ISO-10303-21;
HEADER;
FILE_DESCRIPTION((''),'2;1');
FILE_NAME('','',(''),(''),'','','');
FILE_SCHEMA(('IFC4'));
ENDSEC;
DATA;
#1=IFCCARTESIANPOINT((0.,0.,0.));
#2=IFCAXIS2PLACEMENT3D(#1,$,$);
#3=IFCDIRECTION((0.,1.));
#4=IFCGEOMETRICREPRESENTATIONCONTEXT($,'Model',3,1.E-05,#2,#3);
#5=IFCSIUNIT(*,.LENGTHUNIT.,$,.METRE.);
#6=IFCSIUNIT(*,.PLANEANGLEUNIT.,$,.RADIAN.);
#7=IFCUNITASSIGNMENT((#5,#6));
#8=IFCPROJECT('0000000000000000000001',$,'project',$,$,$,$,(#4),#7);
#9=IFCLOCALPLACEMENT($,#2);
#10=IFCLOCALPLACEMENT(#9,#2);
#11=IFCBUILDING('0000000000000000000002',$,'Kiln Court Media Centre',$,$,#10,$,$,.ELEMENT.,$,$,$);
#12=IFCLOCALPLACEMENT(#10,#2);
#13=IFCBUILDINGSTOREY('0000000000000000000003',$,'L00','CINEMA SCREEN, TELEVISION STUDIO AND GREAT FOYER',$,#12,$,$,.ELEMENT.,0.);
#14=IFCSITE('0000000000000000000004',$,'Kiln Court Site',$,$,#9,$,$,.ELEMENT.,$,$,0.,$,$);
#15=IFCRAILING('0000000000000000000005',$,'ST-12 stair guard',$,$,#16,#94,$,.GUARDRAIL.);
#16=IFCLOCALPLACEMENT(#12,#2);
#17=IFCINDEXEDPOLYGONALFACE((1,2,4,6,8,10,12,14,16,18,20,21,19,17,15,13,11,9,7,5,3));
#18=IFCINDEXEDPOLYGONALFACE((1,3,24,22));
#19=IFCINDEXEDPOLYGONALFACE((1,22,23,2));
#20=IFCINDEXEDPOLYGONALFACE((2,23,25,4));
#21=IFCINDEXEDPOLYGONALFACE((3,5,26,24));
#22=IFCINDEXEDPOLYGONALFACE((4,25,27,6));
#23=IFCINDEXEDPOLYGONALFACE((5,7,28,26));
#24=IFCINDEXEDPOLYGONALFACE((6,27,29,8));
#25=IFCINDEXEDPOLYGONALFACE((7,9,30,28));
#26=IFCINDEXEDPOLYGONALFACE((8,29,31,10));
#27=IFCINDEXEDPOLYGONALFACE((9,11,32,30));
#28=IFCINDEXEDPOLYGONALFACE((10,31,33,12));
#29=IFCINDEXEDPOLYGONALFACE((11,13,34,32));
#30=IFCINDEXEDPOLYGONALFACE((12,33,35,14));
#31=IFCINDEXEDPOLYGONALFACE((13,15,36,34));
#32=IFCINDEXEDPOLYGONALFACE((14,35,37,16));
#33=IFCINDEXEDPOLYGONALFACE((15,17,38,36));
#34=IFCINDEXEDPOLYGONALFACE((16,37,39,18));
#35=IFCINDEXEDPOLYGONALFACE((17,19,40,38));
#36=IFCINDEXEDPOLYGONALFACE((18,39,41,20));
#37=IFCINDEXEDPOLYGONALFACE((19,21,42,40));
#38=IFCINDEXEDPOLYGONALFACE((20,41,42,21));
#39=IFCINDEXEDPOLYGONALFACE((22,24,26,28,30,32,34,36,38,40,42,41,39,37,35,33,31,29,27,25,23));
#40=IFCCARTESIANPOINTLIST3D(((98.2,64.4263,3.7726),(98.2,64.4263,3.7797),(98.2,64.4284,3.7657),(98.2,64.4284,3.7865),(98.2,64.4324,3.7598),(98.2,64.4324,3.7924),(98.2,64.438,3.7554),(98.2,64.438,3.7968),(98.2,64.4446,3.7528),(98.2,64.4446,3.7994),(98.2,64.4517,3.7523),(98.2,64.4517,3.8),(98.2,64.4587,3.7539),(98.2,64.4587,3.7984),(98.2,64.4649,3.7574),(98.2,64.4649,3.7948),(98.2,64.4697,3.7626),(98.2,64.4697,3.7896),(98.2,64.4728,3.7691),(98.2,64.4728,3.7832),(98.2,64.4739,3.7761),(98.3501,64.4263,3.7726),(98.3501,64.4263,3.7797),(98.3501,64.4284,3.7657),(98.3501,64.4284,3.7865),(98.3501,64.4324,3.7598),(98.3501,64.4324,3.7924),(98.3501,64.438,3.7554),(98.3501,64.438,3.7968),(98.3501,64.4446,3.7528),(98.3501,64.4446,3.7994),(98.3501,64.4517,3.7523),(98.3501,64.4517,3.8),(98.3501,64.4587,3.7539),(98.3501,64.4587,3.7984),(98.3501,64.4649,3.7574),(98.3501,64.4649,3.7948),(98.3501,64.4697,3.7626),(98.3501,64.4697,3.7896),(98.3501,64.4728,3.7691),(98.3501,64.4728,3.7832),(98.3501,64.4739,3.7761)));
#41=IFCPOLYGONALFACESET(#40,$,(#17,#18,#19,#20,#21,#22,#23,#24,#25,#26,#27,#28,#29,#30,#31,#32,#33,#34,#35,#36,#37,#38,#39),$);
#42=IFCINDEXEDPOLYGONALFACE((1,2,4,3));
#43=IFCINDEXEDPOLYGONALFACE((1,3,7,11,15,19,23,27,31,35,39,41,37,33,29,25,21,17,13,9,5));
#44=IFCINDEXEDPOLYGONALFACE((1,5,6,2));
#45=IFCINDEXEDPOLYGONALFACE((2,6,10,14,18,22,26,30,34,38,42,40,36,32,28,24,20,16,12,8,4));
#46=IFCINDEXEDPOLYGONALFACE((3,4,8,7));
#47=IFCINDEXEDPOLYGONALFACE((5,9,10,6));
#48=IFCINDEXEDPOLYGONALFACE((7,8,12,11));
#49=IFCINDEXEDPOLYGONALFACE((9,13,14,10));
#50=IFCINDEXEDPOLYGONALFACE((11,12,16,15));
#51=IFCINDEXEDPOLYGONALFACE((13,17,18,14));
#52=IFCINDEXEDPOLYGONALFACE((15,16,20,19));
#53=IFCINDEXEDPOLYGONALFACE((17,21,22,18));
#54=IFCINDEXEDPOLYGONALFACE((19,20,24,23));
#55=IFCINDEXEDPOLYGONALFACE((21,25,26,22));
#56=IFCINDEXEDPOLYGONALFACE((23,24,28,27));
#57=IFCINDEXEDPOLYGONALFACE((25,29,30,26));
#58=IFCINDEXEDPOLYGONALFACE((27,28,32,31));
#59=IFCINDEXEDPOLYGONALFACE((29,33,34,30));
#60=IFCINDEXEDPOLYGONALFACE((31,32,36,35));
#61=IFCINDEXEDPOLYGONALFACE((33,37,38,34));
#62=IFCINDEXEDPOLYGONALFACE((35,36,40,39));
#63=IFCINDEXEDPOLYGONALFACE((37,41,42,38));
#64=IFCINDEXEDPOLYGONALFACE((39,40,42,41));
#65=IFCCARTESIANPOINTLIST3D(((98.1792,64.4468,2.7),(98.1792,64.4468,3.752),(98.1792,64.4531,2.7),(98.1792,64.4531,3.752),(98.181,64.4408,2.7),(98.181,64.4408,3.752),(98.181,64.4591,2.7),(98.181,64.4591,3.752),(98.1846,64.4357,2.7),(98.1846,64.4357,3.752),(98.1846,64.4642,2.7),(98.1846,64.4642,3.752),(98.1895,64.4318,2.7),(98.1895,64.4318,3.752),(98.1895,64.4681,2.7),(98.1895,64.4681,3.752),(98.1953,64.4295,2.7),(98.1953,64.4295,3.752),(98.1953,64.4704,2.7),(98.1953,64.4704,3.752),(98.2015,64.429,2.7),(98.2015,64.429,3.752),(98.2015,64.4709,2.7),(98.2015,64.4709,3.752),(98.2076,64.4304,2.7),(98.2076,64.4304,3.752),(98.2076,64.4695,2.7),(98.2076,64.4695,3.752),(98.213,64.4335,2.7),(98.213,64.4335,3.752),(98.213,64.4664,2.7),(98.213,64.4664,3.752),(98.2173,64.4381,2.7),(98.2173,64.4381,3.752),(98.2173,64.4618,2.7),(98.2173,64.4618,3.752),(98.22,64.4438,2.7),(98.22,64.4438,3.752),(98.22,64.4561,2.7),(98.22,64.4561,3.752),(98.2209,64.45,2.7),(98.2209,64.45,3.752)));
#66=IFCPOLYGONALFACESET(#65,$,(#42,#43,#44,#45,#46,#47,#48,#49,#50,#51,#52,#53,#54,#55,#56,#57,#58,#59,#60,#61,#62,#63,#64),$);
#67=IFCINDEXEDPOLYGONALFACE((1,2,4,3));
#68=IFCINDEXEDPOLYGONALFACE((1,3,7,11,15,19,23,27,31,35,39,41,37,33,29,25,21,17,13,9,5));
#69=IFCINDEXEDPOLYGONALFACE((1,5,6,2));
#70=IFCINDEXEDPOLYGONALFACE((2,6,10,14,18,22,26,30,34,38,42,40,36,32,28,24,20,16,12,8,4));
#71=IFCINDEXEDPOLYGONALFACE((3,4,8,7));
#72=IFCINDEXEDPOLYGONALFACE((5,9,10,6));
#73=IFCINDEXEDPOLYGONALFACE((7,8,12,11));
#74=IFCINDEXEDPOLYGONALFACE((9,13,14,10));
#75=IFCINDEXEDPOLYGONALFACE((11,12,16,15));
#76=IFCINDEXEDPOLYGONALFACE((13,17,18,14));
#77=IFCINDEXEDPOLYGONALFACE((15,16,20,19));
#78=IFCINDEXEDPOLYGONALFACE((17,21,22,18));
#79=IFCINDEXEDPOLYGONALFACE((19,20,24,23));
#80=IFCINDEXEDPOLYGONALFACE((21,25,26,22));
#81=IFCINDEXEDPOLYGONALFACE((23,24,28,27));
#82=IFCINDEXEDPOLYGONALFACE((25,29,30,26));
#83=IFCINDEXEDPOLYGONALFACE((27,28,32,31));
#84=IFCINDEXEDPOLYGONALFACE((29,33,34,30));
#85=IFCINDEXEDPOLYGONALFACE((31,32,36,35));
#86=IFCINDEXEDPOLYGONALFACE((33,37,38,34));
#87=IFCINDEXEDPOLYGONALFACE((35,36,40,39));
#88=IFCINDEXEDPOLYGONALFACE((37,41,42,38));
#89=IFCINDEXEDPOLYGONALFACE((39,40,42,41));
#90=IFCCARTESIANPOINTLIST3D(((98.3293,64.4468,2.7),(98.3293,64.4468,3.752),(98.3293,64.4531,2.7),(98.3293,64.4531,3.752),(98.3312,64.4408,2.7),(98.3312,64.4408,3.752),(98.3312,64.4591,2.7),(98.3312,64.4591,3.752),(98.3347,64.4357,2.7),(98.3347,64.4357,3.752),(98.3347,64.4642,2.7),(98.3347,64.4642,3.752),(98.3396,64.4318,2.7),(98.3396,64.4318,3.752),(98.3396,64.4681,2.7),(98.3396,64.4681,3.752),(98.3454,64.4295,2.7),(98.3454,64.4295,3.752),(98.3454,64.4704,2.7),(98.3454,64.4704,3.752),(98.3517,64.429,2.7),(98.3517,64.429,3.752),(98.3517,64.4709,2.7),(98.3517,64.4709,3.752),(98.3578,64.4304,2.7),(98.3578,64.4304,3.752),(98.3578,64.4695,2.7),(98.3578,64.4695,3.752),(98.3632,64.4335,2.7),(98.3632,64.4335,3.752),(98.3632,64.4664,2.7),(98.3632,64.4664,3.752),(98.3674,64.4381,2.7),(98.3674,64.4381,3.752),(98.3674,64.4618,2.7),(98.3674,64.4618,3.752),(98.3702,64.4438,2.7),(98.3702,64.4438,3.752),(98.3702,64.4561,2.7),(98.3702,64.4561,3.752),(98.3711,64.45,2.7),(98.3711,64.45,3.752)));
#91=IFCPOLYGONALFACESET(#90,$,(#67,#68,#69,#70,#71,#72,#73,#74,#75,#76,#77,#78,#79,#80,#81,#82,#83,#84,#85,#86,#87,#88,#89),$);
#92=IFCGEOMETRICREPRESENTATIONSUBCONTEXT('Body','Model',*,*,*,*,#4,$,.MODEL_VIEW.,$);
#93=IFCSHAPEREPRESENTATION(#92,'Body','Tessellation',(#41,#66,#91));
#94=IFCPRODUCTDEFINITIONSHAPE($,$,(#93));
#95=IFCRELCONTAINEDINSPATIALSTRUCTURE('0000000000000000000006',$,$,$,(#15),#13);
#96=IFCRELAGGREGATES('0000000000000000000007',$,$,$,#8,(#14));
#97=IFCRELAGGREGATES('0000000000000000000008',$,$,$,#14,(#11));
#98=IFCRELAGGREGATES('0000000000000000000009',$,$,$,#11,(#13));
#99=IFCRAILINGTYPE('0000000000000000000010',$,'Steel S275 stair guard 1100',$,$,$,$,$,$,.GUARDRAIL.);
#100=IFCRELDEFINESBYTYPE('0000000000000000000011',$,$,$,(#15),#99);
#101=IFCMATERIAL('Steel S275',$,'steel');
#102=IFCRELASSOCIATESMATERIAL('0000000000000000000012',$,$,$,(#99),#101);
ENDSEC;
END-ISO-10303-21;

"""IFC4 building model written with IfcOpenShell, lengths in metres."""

from ifc_helpers import new_model, si_unit, direction, frame, origin, origin_2d, place, context, subcontext, project, spatial, circle, extrude, material, type_object, element, save


model = new_model("IFC4")

# Units and contexts
model_context = context("Model", 3, precision=1e-05, world=origin(), true_north=direction((0.0, 1.0)))
body_context = subcontext(model_context, "Body", "Model", "MODEL_VIEW")
ifc_project = project(units=[si_unit("LENGTHUNIT", "METRE"), si_unit("PLANEANGLEUNIT", "RADIAN")], contexts=[model_context])

# Site, building, storey
site_placement = place(None, origin())
site = spatial("IfcSite", under=ifc_project, at=site_placement, Name="Kiln Court Site", CompositionType="ELEMENT", RefElevation=0.0)
building_placement = place(site_placement, origin())
building = spatial("IfcBuilding", under=site, at=building_placement, Name="Kiln Court Media Centre", CompositionType="ELEMENT")
storey_placement = place(building_placement, origin())
storey = spatial("IfcBuildingStorey", under=building, at=storey_placement, Name="L00", Description="CINEMA SCREEN, TELEVISION STUDIO AND GREAT FOYER", CompositionType="ELEMENT", Elevation=0.0)

# Railing
ifc_material_1 = material(Name="Steel S275", Category="steel")
railing_type_1 = type_object("IfcRailingType", Name="Steel S275 stair guard 1100", PredefinedType="GUARDRAIL", material=ifc_material_1)
railing_1_placement = place(storey_placement, frame((98.2, 64.45, 2.7)))
element("IfcRailing", 1, at=railing_1_placement, inside=storey, type_object=railing_type_1, Name="ST-12 stair guard", PredefinedType="GUARDRAIL", context=body_context, shape_type="SweptSolid", body=[
    extrude(circle(Radius=0.0239, at=origin_2d()), frame((0.0, 0.0, 1.0762), z_axis=(1.0, 0.0, 0.0), x_axis=(0.0, 1.0, 0.0)), (0.0, 0.0, 1.0), 0.1501),
    extrude(circle(Radius=0.021, at=origin_2d()), origin(), (0.0, 0.0, 1.0), 1.052),
    extrude(circle(Radius=0.021, at=origin_2d()), frame((0.1501, 0.0, 0.0)), (0.0, 0.0, 1.0), 1.052),
])

save(model, "model.ifc")
